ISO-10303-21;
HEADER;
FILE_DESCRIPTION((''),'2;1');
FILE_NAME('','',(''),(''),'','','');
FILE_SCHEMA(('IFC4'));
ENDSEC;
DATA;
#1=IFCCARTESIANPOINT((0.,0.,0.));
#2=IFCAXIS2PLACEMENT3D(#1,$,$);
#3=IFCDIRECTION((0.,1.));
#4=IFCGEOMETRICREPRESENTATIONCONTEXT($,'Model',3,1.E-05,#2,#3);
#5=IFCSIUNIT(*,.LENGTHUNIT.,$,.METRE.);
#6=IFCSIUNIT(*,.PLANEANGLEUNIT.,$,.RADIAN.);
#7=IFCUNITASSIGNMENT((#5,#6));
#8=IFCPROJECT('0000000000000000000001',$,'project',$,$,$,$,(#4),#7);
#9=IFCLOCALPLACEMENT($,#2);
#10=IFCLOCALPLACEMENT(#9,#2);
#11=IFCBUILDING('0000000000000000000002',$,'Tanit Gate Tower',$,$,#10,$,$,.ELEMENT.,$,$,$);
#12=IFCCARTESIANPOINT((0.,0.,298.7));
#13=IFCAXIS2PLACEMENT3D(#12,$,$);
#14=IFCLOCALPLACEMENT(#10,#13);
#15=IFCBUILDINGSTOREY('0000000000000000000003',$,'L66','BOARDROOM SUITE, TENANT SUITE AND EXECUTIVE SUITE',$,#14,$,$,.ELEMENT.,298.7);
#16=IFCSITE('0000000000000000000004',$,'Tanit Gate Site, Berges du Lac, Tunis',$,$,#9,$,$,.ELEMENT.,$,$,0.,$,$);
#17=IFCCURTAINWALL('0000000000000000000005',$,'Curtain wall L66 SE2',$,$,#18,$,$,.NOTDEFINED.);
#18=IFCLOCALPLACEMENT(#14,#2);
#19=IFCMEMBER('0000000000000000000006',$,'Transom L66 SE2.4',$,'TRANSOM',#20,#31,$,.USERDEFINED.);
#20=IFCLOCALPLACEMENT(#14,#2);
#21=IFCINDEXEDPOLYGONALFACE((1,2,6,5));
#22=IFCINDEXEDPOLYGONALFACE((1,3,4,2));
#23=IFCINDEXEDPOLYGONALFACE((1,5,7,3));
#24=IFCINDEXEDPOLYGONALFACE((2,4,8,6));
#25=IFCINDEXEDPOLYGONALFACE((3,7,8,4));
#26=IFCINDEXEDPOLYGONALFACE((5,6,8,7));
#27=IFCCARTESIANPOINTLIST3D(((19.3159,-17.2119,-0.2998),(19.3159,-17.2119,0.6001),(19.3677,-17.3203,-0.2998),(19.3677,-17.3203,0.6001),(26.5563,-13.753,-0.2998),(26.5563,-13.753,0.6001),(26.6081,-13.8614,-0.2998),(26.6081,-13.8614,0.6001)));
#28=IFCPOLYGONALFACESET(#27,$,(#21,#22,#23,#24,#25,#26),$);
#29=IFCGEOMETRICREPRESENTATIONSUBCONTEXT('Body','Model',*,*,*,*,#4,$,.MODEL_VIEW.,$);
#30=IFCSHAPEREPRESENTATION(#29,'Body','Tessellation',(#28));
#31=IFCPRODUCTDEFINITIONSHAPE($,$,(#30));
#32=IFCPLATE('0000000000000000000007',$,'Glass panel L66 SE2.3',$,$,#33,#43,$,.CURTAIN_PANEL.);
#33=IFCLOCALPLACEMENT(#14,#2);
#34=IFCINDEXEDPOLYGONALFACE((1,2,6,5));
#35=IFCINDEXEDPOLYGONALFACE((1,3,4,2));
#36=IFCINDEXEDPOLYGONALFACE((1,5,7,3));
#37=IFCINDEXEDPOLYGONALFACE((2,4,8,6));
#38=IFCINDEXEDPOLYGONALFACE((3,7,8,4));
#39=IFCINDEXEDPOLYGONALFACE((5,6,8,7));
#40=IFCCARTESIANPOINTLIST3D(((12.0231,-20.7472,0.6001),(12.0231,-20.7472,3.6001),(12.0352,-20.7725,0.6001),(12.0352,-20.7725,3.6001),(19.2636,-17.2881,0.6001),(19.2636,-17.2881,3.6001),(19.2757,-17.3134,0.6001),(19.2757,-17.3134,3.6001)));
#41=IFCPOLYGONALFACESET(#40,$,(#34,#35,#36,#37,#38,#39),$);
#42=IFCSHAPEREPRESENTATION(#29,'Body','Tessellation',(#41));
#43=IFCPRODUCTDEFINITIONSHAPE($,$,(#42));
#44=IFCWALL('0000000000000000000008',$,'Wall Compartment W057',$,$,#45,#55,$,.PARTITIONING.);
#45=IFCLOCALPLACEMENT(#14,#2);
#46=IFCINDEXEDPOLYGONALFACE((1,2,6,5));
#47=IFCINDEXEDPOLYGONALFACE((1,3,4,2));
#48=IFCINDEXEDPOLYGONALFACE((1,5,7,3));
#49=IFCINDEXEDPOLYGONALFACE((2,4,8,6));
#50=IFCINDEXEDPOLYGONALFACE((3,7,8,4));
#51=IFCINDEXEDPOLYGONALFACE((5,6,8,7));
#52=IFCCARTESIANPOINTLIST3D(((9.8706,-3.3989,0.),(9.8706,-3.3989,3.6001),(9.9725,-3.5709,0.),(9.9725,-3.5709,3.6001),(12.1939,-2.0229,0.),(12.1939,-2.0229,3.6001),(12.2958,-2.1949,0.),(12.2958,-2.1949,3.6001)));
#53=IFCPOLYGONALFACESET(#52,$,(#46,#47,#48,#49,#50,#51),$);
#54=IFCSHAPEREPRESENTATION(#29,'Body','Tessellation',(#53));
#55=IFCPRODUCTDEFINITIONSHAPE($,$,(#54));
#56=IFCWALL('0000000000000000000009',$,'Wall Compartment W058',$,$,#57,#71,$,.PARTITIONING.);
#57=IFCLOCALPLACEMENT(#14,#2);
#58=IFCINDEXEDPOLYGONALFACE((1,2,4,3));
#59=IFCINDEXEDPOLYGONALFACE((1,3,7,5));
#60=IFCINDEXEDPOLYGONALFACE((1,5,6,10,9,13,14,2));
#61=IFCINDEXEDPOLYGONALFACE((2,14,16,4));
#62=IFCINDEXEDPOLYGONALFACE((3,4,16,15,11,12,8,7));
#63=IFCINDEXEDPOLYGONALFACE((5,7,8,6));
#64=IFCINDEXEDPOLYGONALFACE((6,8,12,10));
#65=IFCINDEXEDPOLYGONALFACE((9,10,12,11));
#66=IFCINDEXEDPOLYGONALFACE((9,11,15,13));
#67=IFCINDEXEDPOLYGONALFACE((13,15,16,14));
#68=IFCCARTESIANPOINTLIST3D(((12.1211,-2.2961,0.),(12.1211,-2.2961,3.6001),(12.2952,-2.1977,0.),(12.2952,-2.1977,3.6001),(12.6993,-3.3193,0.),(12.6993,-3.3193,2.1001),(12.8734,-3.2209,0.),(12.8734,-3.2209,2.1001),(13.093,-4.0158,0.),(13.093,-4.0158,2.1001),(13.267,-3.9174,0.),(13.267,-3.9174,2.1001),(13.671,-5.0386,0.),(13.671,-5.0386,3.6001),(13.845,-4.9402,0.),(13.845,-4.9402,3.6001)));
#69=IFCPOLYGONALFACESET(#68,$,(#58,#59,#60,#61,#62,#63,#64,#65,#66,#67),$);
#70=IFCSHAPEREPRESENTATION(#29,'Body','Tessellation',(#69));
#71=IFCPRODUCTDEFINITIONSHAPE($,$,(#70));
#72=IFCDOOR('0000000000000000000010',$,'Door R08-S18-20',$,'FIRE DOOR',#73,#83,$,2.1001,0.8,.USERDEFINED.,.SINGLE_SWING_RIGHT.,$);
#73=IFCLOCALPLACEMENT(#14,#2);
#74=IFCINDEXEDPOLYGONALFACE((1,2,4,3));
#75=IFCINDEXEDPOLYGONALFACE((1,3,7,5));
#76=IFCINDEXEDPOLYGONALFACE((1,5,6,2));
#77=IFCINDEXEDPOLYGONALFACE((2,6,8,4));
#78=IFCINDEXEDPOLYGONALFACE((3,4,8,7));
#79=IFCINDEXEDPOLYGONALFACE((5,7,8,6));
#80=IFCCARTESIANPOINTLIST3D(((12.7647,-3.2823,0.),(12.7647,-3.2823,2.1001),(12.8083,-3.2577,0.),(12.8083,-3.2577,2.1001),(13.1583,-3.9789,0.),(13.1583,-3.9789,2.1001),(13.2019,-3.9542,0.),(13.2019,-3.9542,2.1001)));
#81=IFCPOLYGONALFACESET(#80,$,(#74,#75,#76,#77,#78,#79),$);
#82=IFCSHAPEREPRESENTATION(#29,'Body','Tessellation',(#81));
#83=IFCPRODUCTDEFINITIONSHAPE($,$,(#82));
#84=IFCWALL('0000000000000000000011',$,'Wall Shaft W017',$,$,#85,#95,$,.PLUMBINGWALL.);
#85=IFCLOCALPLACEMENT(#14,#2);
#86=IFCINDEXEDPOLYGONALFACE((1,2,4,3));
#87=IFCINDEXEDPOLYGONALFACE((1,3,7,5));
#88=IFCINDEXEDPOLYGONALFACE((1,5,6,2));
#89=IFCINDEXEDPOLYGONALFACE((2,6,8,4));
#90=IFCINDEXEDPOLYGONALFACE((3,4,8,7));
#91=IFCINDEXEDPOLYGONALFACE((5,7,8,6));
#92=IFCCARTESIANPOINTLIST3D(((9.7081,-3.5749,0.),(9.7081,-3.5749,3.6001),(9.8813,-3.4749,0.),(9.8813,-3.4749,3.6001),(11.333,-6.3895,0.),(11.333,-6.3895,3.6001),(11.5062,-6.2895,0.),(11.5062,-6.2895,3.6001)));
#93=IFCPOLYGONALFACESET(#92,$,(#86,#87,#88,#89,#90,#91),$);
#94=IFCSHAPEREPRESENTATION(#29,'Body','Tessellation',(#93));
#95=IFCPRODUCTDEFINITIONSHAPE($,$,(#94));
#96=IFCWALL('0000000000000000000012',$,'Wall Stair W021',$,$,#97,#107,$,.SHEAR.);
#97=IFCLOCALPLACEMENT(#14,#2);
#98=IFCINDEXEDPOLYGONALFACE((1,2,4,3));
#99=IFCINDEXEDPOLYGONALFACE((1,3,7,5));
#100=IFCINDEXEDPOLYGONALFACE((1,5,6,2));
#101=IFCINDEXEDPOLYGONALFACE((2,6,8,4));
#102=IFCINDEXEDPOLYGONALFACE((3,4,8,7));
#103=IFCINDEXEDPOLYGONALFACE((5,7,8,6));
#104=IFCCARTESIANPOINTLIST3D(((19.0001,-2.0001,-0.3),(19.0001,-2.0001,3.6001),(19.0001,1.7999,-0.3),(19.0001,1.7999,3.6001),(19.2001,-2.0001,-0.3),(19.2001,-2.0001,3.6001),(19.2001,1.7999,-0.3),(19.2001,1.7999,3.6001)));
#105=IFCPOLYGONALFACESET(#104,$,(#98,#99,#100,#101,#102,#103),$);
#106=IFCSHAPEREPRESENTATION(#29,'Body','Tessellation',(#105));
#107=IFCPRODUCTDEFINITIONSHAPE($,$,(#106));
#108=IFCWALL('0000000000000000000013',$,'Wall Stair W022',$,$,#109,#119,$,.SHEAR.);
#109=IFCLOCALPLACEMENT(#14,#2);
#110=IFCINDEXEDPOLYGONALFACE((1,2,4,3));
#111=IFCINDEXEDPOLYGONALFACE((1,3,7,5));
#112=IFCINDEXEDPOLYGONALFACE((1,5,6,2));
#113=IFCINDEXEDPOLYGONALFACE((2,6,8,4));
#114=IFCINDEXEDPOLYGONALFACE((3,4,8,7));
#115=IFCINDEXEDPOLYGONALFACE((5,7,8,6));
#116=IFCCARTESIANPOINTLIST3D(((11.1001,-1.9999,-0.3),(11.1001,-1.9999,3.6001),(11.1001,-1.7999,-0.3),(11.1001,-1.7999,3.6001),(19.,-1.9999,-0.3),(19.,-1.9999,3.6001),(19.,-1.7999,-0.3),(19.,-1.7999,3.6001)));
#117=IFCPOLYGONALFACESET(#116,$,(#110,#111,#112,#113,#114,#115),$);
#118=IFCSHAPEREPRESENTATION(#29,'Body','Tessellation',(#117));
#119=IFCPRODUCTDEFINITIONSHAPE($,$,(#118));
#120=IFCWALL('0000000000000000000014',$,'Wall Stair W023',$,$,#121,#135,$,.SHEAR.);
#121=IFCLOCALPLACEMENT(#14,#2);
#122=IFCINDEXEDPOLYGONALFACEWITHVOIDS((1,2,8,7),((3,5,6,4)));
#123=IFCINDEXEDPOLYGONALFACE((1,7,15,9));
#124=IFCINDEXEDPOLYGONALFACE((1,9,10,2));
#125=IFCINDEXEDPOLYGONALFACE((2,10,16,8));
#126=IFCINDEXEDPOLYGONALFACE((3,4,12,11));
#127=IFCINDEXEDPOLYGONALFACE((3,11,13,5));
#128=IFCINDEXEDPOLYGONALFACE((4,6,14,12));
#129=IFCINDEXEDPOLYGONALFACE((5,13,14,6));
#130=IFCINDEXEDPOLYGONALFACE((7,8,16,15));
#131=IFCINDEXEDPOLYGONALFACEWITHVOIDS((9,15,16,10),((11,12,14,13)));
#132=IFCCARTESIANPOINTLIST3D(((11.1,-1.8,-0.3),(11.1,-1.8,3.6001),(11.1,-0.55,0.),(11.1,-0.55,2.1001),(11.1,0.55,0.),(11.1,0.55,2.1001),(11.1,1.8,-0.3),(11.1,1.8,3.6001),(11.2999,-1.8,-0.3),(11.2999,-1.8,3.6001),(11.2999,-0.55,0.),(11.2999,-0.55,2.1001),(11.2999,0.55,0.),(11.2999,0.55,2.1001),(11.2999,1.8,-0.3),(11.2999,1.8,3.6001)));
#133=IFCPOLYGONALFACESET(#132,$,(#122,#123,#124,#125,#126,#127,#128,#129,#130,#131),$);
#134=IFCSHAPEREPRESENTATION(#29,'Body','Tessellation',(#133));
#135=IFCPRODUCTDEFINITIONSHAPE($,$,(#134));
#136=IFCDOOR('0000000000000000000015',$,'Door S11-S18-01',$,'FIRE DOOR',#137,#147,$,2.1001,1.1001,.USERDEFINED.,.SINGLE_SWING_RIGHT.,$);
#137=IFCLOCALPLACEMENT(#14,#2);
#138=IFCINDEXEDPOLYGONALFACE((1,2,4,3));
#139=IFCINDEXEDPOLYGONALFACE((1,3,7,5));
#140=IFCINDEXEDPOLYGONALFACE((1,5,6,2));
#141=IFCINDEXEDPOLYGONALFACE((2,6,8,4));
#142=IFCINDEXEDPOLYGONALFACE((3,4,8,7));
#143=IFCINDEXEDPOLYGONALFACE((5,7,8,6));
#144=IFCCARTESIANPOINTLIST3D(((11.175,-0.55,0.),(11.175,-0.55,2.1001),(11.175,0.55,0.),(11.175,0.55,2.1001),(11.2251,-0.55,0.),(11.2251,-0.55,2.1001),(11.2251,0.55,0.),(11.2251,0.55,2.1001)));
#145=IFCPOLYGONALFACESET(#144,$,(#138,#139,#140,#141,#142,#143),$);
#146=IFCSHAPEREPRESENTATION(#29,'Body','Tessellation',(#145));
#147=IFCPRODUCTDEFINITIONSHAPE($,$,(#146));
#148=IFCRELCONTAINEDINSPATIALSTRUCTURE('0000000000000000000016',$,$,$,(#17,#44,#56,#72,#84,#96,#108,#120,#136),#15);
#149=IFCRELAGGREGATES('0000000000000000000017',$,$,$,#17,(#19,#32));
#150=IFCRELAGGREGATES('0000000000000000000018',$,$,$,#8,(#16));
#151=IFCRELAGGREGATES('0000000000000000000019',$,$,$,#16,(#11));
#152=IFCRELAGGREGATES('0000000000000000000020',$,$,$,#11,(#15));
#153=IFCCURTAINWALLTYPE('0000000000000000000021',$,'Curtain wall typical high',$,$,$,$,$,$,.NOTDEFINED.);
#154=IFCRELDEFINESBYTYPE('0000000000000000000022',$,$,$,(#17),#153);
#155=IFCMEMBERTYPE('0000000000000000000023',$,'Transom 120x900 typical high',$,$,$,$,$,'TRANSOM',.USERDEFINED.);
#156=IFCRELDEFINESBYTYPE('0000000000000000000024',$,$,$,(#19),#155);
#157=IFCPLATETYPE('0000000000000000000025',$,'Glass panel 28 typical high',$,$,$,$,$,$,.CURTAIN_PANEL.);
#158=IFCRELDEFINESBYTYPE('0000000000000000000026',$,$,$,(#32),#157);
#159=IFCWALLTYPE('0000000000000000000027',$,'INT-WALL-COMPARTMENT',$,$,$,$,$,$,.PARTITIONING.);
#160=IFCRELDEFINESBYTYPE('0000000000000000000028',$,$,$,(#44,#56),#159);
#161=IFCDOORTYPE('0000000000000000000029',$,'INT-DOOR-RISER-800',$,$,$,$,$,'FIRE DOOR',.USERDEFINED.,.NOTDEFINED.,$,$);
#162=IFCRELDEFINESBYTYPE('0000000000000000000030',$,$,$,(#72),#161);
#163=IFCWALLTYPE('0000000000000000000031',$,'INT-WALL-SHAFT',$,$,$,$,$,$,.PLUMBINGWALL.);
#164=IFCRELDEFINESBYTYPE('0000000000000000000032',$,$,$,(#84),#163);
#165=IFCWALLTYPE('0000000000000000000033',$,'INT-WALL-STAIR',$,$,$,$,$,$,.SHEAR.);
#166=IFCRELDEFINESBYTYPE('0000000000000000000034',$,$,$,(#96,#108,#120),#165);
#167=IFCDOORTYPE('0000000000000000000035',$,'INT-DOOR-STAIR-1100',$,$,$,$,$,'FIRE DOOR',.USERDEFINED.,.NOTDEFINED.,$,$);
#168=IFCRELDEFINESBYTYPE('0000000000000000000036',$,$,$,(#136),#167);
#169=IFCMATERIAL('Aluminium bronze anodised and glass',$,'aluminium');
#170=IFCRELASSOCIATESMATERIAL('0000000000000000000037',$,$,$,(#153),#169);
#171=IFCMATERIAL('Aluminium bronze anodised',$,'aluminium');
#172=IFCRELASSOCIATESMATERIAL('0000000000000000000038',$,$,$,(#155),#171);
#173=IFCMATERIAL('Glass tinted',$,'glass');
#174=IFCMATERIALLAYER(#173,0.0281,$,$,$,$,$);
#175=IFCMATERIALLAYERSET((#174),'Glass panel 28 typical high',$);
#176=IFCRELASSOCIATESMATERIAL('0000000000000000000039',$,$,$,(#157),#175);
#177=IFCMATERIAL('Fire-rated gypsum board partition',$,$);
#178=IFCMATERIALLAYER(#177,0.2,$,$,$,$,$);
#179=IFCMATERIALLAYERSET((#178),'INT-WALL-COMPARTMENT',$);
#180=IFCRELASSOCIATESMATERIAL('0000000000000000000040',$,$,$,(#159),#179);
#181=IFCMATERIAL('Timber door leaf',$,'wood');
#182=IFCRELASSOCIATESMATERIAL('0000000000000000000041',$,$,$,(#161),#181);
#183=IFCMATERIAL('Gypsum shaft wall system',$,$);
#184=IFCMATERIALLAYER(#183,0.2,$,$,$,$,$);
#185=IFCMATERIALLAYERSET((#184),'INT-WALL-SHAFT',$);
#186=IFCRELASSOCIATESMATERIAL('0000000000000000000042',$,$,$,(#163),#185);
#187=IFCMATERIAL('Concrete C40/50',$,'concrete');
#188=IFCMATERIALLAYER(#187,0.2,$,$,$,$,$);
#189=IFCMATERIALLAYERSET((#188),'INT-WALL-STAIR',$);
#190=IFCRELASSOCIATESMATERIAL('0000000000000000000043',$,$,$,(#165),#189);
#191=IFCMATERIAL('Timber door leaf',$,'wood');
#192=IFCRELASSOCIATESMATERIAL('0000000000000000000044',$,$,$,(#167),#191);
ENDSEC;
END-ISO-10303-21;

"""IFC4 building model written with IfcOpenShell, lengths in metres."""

from ifc_helpers import new_model, si_unit, direction, frame, frame_2d, origin, origin_2d, place, context, subcontext, project, spatial, rectangle, extrude, material, layer, layer_set, material_profile, profile_set, type_object, element, fill, aggregate, save


model = new_model("IFC4")

# Units and contexts
model_context = context("Model", 3, precision=1e-05, world=origin(), true_north=direction((0.0, 1.0)))
body_context = subcontext(model_context, "Body", "Model", "MODEL_VIEW")
ifc_project = project(units=[si_unit("LENGTHUNIT", "METRE"), si_unit("PLANEANGLEUNIT", "RADIAN")], contexts=[model_context])

# Site, building, storey
site_placement = place(None, origin())
site = spatial("IfcSite", under=ifc_project, at=site_placement, Name="Tanit Gate Site, Berges du Lac, Tunis", CompositionType="ELEMENT", RefElevation=0.0)
building_placement = place(site_placement, origin())
building = spatial("IfcBuilding", under=site, at=building_placement, Name="Tanit Gate Tower", CompositionType="ELEMENT")
storey_placement = place(building_placement, frame((0.0, 0.0, 298.7)))
storey = spatial("IfcBuildingStorey", under=building, at=storey_placement, Name="L66", Description="BOARDROOM SUITE, TENANT SUITE AND EXECUTIVE SUITE", CompositionType="ELEMENT", Elevation=298.7)

# Curtain wall
ifc_material_1 = material(Name="Aluminium bronze anodised and glass", Category="aluminium")
curtain_wall_type = type_object("IfcCurtainWallType", Name="Curtain wall typical high", PredefinedType="NOTDEFINED", material=ifc_material_1)
curtain_wall_placement = place(storey_placement, origin())
curtain_wall = element("IfcCurtainWall", 1, at=curtain_wall_placement, inside=storey, type_object=curtain_wall_type, Name="Curtain wall L66 SE2", PredefinedType="NOTDEFINED")

# Member
ifc_material_2 = material(Name="Aluminium bronze anodised", Category="aluminium")
ifc_material_profile_1 = material_profile(ifc_material_2, rectangle(XDim=0.1201, YDim=0.8999, at=origin_2d()), Name="120x900 bronze transom")
ifc_profile_set_1 = profile_set([ifc_material_profile_1], Name="Aluminium bronze anodised")
member_type_1 = type_object("IfcMemberType", Name="Transom 120x900 typical high", ElementType="TRANSOM", PredefinedType="USERDEFINED", material=ifc_profile_set_1)
member_1_placement = place(storey_placement, frame((19.3418, -17.2661, 0.1501), z_axis=(0.902321, 0.431065, 0.0), x_axis=(-0.431065, 0.902321, 0.0)))
member_1 = element("IfcMember", 2, at=member_1_placement, type_object=member_type_1, Name="Transom L66 SE2.4", ObjectType="TRANSOM", PredefinedType="USERDEFINED", context=body_context, shape_type="SweptSolid", body=[
    extrude(rectangle(XDim=0.1201, YDim=0.8999, at=origin_2d()), origin(), (0.0, 0.0, 1.0), 8.0242),
])

# Plate
ifc_material_3 = material(Name="Glass tinted", Category="glass")
ifc_layer_1 = layer(ifc_material_3, 0.0281)
ifc_layer_set_1 = layer_set([ifc_layer_1], Name="Glass panel 28 typical high")
plate_type = type_object("IfcPlateType", Name="Glass panel 28 typical high", PredefinedType="CURTAIN_PANEL", material=ifc_layer_set_1)
plate_placement = place(storey_placement, frame((15.6494, -19.0303, 0.6001), z_axis=(0.0, 0.0, 1.0), x_axis=(0.902317, 0.431073, 0.0)))
plate = element("IfcPlate", 3, at=plate_placement, type_object=plate_type, Name="Glass panel L66 SE2.3", PredefinedType="CURTAIN_PANEL", context=body_context, shape_type="SweptSolid", body=[
    extrude(rectangle(XDim=8.0244, YDim=0.0281, at=origin_2d()), origin(), (0.0, 0.0, 1.0), 3.0),
])
aggregate(curtain_wall, [member_1, plate])

# Wall
ifc_material_4 = material(Name="Fire-rated gypsum board partition")
ifc_layer_2 = layer(ifc_material_4, 0.2)
ifc_layer_set_2 = layer_set([ifc_layer_2], Name="INT-WALL-COMPARTMENT")
wall_type_1 = type_object("IfcWallType", Name="INT-WALL-COMPARTMENT", PredefinedType="PARTITIONING", material=ifc_layer_set_2)
wall_1_placement = place(storey_placement, frame((12.2449, -2.1089, 0.0), z_axis=(0.0, 0.0, 1.0), x_axis=(-0.860415, -0.509594, 0.0)))
element("IfcWall", 4, at=wall_1_placement, inside=storey, type_object=wall_type_1, Name="Wall Compartment W057", PredefinedType="PARTITIONING", context=body_context, shape_type="SweptSolid", body=[
    extrude(rectangle(XDim=2.7002, YDim=0.2, at=frame_2d((1.3501, 0.0))), origin(), (0.0, 0.0, 1.0), 3.6001),
])

# Wall, opening, door
wall_2_placement = place(storey_placement, frame((13.7581, -4.9895, 0.0), z_axis=(0.0, 0.0, 1.0), x_axis=(-0.491993, 0.870599, 0.0)))
wall_2 = element("IfcWall", 5, at=wall_2_placement, inside=storey, type_object=wall_type_1, Name="Wall Compartment W058", PredefinedType="PARTITIONING", context=body_context, shape_type="SweptSolid", body=[
    extrude(rectangle(XDim=3.1501, YDim=0.2, at=frame_2d((1.5752, 0.0))), origin(), (0.0, 0.0, 1.0), 3.6001),
])
opening_1_placement = place(wall_2_placement, frame((1.175, 0.0, 0.0)))
opening_1 = element("IfcOpeningElement", 6, at=opening_1_placement, cuts=wall_2, PredefinedType="OPENING", context=body_context, shape_type="SweptSolid", body=[
    extrude(rectangle(XDim=0.8, YDim=2.1001, at=frame_2d((0.3999, 1.05))), frame((0.0, 0.1099, 0.0), z_axis=(0.0, -1.0, 0.0), x_axis=(1.0, 0.0, 0.0)), (0.0, 0.0, 1.0), 0.22),
])
ifc_material_5 = material(Name="Timber door leaf", Category="wood")
door_type_1 = type_object("IfcDoorType", Name="INT-DOOR-RISER-800", ElementType="FIRE DOOR", OperationType="NOTDEFINED", PredefinedType="USERDEFINED", material=ifc_material_5)
door_1_placement = place(opening_1_placement, origin())
door_1 = element("IfcDoor", 7, at=door_1_placement, inside=storey, type_object=door_type_1, Name="Door R08-S18-20", ObjectType="FIRE DOOR", OperationType="SINGLE_SWING_RIGHT", OverallHeight=2.1001, OverallWidth=0.8, PredefinedType="USERDEFINED", context=body_context, shape_type="SweptSolid", body=[
    extrude(rectangle(XDim=0.8, YDim=2.1001, at=frame_2d((0.3999, 1.05))), frame((0.0, 0.0249, 0.0), z_axis=(0.0, -1.0, 0.0), x_axis=(1.0, 0.0, 0.0)), (0.0, 0.0, 1.0), 0.05),
])
fill(opening_1, door_1)

# Walls
ifc_material_6 = material(Name="Gypsum shaft wall system")
ifc_layer_3 = layer(ifc_material_6, 0.2)
ifc_layer_set_3 = layer_set([ifc_layer_3], Name="INT-WALL-SHAFT")
wall_type_2 = type_object("IfcWallType", Name="INT-WALL-SHAFT", PredefinedType="PLUMBINGWALL", material=ifc_layer_set_3)
wall_3_placement = place(storey_placement, frame((9.7947, -3.5249, 0.0), z_axis=(0.0, 0.0, 1.0), x_axis=(0.499985, -0.866034, 0.0)))
element("IfcWall", 8, at=wall_3_placement, inside=storey, type_object=wall_type_2, Name="Wall Shaft W017", PredefinedType="PLUMBINGWALL", context=body_context, shape_type="SweptSolid", body=[
    extrude(rectangle(XDim=3.25, YDim=0.2, at=frame_2d((1.625, 0.0))), origin(), (0.0, 0.0, 1.0), 3.6001),
])
ifc_material_7 = material(Name="Concrete C40/50", Category="concrete")
ifc_layer_4 = layer(ifc_material_7, 0.2)
ifc_layer_set_4 = layer_set([ifc_layer_4], Name="INT-WALL-STAIR")
wall_type_3 = type_object("IfcWallType", Name="INT-WALL-STAIR", PredefinedType="SHEAR", material=ifc_layer_set_4)
wall_4_placement = place(storey_placement, frame((19.1001, -2.0, -0.3), z_axis=(0.0, 0.0, 1.0), x_axis=(0.0, 1.0, 0.0)))
element("IfcWall", 9, at=wall_4_placement, inside=storey, type_object=wall_type_3, Name="Wall Stair W021", PredefinedType="SHEAR", context=body_context, shape_type="SweptSolid", body=[
    extrude(rectangle(XDim=3.8, YDim=0.2, at=frame_2d((1.8999, 0.0))), origin(), (0.0, 0.0, 1.0), 3.9001),
])
wall_5_placement = place(storey_placement, frame((11.1001, -1.8999, -0.3), z_axis=(0.0, 0.0, 1.0), x_axis=(1.0, 0.0, 0.0)))
element("IfcWall", 10, at=wall_5_placement, inside=storey, type_object=wall_type_3, Name="Wall Stair W022", PredefinedType="SHEAR", context=body_context, shape_type="SweptSolid", body=[
    extrude(rectangle(XDim=7.8999, YDim=0.2, at=frame_2d((3.95, 0.0))), origin(), (0.0, 0.0, 1.0), 3.9001),
])

# Wall, opening, door
wall_6_placement = place(storey_placement, frame((11.2, -1.8, -0.3), z_axis=(0.0, 0.0, 1.0), x_axis=(0.0, 1.0, 0.0)))
wall_6 = element("IfcWall", 11, at=wall_6_placement, inside=storey, type_object=wall_type_3, Name="Wall Stair W023", PredefinedType="SHEAR", context=body_context, shape_type="SweptSolid", body=[
    extrude(rectangle(XDim=3.6001, YDim=0.2, at=frame_2d((1.8, 0.0))), origin(), (0.0, 0.0, 1.0), 3.9001),
])
opening_2_placement = place(wall_6_placement, frame((1.25, 0.0, 0.3)))
opening_2 = element("IfcOpeningElement", 12, at=opening_2_placement, cuts=wall_6, PredefinedType="OPENING", context=body_context, shape_type="SweptSolid", body=[
    extrude(rectangle(XDim=1.1001, YDim=2.1001, at=frame_2d((0.55, 1.05))), frame((0.0, 0.1099, 0.0), z_axis=(0.0, -1.0, 0.0), x_axis=(1.0, 0.0, 0.0)), (0.0, 0.0, 1.0), 0.22),
])
ifc_material_8 = material(Name="Timber door leaf", Category="wood")
door_type_2 = type_object("IfcDoorType", Name="INT-DOOR-STAIR-1100", ElementType="FIRE DOOR", OperationType="NOTDEFINED", PredefinedType="USERDEFINED", material=ifc_material_8)
door_2_placement = place(opening_2_placement, origin())
door_2 = element("IfcDoor", 13, at=door_2_placement, inside=storey, type_object=door_type_2, Name="Door S11-S18-01", ObjectType="FIRE DOOR", OperationType="SINGLE_SWING_RIGHT", OverallHeight=2.1001, OverallWidth=1.1001, PredefinedType="USERDEFINED", context=body_context, shape_type="SweptSolid", body=[
    extrude(rectangle(XDim=1.1001, YDim=2.1001, at=frame_2d((0.55, 1.05))), frame((0.0, 0.0249, 0.0), z_axis=(0.0, -1.0, 0.0), x_axis=(1.0, 0.0, 0.0)), (0.0, 0.0, 1.0), 0.05),
])
fill(opening_2, door_2)

save(model, "model.ifc")
